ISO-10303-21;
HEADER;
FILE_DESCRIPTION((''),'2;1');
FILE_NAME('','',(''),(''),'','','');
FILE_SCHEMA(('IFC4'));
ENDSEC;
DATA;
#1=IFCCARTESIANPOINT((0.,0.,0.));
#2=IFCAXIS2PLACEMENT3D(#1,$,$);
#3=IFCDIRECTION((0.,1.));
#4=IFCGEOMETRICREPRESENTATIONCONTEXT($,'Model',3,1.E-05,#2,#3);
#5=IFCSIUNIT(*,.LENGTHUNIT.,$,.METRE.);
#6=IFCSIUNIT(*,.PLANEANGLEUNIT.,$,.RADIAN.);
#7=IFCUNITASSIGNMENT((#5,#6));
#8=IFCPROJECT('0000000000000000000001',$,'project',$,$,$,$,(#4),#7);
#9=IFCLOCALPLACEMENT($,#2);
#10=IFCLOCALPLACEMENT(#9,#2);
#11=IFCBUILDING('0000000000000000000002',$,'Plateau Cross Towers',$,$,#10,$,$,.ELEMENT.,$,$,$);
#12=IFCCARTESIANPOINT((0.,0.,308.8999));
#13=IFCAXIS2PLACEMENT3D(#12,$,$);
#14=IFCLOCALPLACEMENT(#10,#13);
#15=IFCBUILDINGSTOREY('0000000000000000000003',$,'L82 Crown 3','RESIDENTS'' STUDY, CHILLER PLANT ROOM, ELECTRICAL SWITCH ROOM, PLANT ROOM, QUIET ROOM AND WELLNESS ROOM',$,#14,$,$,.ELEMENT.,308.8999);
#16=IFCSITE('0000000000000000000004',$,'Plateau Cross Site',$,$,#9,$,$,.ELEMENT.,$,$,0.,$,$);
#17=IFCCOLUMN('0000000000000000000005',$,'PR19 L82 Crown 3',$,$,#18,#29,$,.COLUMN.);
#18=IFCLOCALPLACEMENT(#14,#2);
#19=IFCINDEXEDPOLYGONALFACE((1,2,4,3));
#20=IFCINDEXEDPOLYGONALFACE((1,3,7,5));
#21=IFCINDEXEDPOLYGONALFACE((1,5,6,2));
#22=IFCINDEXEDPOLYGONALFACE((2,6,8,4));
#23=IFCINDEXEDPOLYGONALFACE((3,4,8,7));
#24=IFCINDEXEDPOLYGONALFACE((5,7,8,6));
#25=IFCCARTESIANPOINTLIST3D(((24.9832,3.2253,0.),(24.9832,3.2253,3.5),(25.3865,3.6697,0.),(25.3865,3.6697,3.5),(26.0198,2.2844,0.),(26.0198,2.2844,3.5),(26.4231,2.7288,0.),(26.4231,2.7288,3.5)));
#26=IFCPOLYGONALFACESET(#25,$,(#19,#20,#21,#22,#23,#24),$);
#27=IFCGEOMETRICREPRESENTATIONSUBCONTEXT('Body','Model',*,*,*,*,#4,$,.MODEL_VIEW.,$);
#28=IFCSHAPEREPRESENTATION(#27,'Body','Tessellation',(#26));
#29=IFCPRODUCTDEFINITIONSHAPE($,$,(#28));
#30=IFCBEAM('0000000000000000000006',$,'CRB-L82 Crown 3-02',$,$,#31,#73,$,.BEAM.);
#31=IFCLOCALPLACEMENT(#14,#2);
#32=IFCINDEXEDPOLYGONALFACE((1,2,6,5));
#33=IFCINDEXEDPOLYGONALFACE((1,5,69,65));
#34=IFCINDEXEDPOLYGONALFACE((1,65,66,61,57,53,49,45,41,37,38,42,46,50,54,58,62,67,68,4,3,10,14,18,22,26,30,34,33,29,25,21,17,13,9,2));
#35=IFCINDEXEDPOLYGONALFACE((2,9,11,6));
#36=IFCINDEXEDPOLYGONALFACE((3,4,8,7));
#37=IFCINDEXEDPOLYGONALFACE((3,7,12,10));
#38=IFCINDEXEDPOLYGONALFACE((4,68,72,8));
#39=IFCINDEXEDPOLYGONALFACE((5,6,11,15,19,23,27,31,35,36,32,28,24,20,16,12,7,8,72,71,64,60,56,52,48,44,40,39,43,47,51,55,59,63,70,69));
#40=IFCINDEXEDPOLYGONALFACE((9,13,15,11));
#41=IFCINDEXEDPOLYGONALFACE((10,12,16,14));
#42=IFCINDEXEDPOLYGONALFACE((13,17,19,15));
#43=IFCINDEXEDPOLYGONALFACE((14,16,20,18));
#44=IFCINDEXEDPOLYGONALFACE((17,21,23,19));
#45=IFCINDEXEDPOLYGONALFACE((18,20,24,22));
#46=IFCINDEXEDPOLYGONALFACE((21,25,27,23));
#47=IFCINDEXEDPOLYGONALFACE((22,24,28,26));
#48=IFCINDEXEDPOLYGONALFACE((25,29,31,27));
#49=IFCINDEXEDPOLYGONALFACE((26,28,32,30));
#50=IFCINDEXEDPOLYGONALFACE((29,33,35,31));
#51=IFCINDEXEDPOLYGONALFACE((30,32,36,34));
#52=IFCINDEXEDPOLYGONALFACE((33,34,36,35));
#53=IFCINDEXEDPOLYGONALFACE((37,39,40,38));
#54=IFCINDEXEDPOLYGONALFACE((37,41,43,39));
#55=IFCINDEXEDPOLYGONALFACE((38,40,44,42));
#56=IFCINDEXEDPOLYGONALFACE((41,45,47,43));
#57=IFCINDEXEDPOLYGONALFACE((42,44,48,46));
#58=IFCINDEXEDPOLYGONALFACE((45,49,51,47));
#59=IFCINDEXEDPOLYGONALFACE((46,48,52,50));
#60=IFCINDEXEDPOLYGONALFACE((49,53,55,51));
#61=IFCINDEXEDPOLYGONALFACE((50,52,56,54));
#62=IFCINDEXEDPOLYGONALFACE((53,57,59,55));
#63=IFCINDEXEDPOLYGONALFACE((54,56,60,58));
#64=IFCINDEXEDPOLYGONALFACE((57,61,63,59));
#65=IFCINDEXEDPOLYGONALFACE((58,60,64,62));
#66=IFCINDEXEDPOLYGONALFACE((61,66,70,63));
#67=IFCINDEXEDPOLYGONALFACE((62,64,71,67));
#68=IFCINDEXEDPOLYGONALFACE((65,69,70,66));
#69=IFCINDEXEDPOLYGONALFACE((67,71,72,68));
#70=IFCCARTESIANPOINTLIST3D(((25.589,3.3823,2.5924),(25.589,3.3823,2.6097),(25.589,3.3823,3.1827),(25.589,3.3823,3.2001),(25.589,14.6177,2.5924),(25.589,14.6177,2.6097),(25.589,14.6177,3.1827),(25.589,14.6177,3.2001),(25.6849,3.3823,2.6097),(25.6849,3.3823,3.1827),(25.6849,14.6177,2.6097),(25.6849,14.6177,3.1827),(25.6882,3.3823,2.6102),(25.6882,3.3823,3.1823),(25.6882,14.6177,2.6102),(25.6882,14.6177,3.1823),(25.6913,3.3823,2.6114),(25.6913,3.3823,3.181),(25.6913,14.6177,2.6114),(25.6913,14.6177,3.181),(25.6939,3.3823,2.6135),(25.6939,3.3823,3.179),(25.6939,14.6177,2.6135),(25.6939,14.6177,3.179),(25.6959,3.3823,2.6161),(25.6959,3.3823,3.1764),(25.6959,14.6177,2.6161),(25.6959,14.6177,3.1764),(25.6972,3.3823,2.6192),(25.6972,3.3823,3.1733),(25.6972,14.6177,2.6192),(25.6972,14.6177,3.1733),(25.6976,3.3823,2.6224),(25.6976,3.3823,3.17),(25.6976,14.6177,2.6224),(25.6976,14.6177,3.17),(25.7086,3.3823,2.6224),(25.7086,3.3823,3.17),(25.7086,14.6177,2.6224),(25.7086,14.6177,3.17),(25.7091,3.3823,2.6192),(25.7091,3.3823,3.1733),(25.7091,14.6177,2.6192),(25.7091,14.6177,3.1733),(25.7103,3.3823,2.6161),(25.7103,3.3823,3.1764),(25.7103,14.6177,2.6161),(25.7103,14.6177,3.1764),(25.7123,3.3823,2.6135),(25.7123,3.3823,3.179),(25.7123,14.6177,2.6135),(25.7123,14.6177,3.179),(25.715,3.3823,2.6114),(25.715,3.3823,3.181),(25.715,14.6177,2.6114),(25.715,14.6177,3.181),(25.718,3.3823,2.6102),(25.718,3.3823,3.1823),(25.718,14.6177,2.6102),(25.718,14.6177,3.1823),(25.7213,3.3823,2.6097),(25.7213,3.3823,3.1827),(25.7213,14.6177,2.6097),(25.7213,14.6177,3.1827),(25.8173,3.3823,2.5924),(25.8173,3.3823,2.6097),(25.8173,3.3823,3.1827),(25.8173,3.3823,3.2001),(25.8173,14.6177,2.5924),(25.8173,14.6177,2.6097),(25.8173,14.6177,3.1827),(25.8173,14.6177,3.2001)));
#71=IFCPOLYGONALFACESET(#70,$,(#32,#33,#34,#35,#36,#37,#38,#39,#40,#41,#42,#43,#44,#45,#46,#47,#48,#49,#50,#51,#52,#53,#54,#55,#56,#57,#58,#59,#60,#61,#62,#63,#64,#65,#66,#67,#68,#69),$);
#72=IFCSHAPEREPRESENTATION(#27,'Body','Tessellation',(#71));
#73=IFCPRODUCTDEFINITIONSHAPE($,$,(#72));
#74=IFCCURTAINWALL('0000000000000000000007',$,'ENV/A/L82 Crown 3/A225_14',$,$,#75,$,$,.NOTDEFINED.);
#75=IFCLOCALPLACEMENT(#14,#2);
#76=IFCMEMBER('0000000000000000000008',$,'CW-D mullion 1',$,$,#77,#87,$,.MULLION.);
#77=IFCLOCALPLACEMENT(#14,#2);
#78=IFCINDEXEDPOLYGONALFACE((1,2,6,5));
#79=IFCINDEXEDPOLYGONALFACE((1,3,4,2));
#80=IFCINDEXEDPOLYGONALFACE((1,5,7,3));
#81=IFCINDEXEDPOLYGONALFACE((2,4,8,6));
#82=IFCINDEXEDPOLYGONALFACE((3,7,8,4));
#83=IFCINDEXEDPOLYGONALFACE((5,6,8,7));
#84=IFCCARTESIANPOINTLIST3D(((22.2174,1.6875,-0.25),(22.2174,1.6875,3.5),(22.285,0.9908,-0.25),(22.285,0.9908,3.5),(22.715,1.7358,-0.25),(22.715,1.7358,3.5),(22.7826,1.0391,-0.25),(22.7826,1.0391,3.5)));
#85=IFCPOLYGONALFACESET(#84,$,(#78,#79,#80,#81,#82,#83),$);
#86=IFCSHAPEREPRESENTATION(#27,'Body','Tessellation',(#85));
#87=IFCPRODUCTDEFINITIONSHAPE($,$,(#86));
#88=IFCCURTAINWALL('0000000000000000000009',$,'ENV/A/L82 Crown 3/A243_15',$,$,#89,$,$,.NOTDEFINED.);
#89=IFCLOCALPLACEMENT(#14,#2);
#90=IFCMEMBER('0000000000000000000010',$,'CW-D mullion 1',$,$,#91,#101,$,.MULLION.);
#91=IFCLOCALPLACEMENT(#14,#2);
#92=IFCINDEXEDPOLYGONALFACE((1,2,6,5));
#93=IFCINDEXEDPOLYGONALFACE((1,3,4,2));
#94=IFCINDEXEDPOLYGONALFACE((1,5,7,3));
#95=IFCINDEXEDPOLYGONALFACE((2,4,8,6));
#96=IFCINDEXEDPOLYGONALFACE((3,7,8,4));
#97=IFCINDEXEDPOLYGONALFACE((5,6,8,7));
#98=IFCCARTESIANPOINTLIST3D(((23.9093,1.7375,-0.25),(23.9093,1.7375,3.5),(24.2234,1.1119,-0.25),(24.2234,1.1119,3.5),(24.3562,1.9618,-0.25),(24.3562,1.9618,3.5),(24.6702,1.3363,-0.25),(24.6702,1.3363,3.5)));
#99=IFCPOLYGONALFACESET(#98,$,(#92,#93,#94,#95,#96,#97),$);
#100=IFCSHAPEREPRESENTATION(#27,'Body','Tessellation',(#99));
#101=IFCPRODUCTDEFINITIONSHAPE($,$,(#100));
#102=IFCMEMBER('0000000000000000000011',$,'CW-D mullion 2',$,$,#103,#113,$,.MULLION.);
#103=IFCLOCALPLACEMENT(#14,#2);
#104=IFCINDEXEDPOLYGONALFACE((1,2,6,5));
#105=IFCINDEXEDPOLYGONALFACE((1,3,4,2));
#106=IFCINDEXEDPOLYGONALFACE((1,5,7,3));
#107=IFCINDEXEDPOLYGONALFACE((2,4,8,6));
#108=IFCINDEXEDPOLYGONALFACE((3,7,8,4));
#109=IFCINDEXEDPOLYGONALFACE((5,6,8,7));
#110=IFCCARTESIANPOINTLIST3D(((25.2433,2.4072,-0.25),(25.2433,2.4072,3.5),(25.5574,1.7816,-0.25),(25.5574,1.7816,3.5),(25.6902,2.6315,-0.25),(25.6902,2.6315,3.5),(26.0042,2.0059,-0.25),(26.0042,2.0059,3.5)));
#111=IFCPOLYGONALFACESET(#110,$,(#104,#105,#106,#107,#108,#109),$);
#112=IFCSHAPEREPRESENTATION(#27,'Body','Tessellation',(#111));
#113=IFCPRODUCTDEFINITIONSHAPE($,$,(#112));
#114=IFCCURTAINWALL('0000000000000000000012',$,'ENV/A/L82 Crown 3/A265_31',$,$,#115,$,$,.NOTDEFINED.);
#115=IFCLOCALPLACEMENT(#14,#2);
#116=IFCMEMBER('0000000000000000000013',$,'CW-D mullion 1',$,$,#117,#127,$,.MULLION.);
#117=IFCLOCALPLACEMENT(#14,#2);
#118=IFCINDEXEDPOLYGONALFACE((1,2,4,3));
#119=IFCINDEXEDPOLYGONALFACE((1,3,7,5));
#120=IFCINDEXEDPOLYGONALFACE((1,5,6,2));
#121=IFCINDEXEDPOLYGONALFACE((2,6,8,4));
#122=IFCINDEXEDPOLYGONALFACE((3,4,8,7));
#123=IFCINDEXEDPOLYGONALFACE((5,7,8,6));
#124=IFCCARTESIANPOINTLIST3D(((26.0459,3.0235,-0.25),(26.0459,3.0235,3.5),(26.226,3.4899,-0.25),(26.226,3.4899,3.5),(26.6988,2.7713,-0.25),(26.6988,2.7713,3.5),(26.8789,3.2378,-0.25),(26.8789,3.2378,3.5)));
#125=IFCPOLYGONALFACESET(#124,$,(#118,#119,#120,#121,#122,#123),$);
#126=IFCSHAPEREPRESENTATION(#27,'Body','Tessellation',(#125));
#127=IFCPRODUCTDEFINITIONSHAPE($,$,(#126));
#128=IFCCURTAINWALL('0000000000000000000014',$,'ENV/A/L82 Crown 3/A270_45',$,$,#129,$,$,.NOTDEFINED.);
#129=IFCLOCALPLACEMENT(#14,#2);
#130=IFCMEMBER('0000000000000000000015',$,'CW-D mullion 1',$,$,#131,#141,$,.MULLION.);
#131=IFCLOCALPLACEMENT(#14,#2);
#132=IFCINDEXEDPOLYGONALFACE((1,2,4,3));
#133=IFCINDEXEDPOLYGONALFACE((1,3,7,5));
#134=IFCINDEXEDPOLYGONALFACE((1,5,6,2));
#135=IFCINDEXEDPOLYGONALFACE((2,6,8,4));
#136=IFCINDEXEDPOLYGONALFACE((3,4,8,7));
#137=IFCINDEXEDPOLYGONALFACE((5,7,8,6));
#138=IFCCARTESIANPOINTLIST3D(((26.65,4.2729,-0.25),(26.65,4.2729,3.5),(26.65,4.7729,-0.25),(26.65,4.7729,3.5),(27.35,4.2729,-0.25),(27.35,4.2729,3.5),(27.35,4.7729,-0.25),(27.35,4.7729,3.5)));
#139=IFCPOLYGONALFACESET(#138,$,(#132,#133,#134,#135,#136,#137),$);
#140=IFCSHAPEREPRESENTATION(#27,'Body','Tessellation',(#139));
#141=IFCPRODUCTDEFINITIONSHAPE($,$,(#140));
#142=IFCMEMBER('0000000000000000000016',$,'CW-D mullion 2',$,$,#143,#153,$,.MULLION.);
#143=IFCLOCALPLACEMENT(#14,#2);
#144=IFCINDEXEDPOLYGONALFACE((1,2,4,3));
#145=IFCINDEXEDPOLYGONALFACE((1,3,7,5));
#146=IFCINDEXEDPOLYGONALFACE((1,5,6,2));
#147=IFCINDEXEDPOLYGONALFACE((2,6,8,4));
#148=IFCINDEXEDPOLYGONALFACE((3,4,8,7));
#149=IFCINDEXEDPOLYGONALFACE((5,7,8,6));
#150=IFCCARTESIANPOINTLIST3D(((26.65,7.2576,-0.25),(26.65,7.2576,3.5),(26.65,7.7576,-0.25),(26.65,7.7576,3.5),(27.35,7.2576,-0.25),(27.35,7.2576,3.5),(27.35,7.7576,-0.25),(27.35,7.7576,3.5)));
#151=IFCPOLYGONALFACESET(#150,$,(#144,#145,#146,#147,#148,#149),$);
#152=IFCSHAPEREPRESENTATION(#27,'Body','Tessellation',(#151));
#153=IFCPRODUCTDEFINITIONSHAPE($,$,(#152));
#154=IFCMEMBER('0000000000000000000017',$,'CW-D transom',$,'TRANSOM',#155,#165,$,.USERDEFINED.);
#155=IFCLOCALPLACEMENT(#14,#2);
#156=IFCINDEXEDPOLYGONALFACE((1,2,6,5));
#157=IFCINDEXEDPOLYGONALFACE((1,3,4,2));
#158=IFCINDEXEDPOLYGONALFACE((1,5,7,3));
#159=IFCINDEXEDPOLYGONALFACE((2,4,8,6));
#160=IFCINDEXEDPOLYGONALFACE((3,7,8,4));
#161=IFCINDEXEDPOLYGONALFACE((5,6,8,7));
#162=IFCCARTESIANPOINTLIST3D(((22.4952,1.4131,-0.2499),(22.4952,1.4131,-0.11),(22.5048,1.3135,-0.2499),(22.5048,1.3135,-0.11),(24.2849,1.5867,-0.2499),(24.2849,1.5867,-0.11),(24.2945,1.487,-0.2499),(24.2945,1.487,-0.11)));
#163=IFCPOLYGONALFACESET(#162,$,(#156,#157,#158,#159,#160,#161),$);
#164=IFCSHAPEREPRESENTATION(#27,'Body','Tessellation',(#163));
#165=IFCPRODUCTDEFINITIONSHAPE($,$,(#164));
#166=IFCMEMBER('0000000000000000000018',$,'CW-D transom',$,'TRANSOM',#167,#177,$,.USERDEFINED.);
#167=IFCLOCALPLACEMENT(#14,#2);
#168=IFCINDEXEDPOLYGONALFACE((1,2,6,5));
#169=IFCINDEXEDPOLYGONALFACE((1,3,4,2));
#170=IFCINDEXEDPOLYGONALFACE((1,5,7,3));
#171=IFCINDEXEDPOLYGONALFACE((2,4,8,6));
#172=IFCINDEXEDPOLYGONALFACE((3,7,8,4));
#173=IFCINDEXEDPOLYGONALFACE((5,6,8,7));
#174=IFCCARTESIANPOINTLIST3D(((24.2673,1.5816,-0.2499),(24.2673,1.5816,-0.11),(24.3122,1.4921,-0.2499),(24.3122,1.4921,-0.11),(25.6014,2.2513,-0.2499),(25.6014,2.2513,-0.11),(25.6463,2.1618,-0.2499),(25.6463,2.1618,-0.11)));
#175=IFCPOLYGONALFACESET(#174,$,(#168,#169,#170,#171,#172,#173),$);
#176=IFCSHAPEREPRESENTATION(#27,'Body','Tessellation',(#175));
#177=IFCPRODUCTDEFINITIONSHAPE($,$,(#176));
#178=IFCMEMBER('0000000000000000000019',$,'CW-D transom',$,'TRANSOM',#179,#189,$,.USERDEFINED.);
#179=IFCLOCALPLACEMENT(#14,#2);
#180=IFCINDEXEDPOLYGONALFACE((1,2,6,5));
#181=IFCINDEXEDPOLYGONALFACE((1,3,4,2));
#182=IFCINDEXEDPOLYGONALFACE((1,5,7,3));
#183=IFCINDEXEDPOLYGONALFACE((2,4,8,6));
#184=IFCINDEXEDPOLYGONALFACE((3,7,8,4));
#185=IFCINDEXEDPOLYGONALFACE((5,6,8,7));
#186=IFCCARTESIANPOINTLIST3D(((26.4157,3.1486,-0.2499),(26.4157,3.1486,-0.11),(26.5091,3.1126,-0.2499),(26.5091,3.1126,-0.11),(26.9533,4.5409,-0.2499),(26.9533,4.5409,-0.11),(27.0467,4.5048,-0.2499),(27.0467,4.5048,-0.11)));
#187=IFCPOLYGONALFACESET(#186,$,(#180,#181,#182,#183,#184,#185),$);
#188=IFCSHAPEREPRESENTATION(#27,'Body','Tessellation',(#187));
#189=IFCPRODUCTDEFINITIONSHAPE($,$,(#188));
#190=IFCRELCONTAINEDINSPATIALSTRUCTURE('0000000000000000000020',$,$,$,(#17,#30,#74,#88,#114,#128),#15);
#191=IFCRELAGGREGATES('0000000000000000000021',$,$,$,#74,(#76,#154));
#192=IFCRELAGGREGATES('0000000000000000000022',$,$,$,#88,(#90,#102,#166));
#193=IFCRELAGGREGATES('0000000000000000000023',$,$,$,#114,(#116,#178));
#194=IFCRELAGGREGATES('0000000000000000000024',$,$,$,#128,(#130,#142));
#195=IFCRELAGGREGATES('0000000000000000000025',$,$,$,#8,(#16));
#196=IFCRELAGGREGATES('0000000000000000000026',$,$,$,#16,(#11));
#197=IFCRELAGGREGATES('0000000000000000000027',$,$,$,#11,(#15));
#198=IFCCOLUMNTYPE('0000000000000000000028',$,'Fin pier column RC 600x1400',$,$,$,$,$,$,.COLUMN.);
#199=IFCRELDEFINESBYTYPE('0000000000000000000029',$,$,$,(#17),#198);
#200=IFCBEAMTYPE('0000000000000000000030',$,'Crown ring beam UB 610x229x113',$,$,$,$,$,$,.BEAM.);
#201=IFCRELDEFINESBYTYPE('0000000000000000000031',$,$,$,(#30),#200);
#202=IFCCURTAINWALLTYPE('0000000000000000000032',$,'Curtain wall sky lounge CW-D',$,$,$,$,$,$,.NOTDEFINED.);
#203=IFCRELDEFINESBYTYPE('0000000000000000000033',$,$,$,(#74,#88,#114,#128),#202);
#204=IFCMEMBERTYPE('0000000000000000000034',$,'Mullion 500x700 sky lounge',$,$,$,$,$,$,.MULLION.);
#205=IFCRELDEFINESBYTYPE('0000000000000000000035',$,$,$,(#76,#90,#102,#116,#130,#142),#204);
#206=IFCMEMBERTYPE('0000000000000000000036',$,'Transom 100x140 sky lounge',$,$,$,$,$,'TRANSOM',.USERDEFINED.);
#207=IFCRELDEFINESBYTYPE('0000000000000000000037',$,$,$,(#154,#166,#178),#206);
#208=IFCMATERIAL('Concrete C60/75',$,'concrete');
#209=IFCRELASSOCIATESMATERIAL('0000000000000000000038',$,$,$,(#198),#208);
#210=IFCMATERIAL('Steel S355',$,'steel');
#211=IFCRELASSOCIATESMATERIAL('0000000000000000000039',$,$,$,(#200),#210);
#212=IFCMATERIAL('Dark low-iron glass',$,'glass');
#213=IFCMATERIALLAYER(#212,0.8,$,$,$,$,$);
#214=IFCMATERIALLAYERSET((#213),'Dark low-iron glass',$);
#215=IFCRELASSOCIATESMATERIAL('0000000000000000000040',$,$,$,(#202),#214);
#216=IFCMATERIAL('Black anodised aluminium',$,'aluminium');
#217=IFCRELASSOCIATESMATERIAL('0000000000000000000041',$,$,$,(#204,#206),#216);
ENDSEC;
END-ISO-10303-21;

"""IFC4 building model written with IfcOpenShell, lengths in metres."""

from ifc_helpers import new_model, si_unit, direction, frame, origin, origin_2d, place, context, subcontext, project, spatial, rectangle, i_section, extrude, material, layer, layer_set, material_profile, profile_set, type_object, element, aggregate, save


model = new_model("IFC4")

# Units and contexts
model_context = context("Model", 3, precision=1e-05, world=origin(), true_north=direction((0.0, 1.0)))
body_context = subcontext(model_context, "Body", "Model", "MODEL_VIEW")
ifc_project = project(units=[si_unit("LENGTHUNIT", "METRE"), si_unit("PLANEANGLEUNIT", "RADIAN")], contexts=[model_context])

# Site, building, storey
site_placement = place(None, origin())
site = spatial("IfcSite", under=ifc_project, at=site_placement, Name="Plateau Cross Site", CompositionType="ELEMENT", RefElevation=0.0)
building_placement = place(site_placement, origin())
building = spatial("IfcBuilding", under=site, at=building_placement, Name="Plateau Cross Towers", CompositionType="ELEMENT")
storey_placement = place(building_placement, frame((0.0, 0.0, 308.8999)))
storey = spatial("IfcBuildingStorey", under=building, at=storey_placement, Name="L82 Crown 3", Description="RESIDENTS' STUDY, CHILLER PLANT ROOM, ELECTRICAL SWITCH ROOM, PLANT ROOM, QUIET ROOM AND WELLNESS ROOM", CompositionType="ELEMENT", Elevation=308.8999)

# Column
ifc_material_1 = material(Name="Concrete C60/75", Category="concrete")
ifc_material_profile_1 = material_profile(ifc_material_1, rectangle(XDim=0.6001, YDim=1.3999, at=origin_2d()), Name="RC 600x1400")
ifc_profile_set_1 = profile_set([ifc_material_profile_1], Name="Concrete C60/75")
column_type = type_object("IfcColumnType", Name="Fin pier column RC 600x1400", PredefinedType="COLUMN", material=ifc_profile_set_1)
column_placement = place(storey_placement, frame((25.7031, 2.9771, 0.0), z_axis=(0.0, 0.0, 1.0), x_axis=(0.672084, 0.740475, 0.0)))
element("IfcColumn", 1, at=column_placement, inside=storey, type_object=column_type, Name="PR19 L82 Crown 3", PredefinedType="COLUMN", context=body_context, shape_type="SweptSolid", body=[
    extrude(rectangle(XDim=0.6001, YDim=1.3999, at=origin_2d()), origin(), (0.0, 0.0, 1.0), 3.5),
])

# Beam
ifc_material_2 = material(Name="Steel S355", Category="steel")
ifc_material_profile_2 = material_profile(ifc_material_2, i_section(OverallWidth=0.2283, OverallDepth=0.6077, WebThickness=0.011, FlangeThickness=0.0173, FilletRadius=0.0127, at=origin_2d()), Name="UB 610x229x113")
ifc_profile_set_2 = profile_set([ifc_material_profile_2], Name="Steel S355")
beam_type = type_object("IfcBeamType", Name="Crown ring beam UB 610x229x113", PredefinedType="BEAM", material=ifc_profile_set_2)
beam_placement = place(storey_placement, frame((25.7031, 3.3823, 2.8962), z_axis=(0.0, 1.0, 0.0), x_axis=(-1.0, 0.0, 0.0)))
element("IfcBeam", 2, at=beam_placement, inside=storey, type_object=beam_type, Name="CRB-L82 Crown 3-02", PredefinedType="BEAM", context=body_context, shape_type="SweptSolid", body=[
    extrude(i_section(OverallWidth=0.2283, OverallDepth=0.6077, WebThickness=0.011, FlangeThickness=0.0173, FilletRadius=0.0127, at=origin_2d()), origin(), (0.0, 0.0, 1.0), 11.2354),
])

# Curtain wall, member
ifc_material_3 = material(Name="Dark low-iron glass", Category="glass")
ifc_layer_1 = layer(ifc_material_3, 0.8)
ifc_layer_set_1 = layer_set([ifc_layer_1], Name="Dark low-iron glass")
curtain_wall_type = type_object("IfcCurtainWallType", Name="Curtain wall sky lounge CW-D", PredefinedType="NOTDEFINED", material=ifc_layer_set_1)
curtain_wall_1_placement = place(storey_placement, origin())
curtain_wall_1 = element("IfcCurtainWall", 3, at=curtain_wall_1_placement, inside=storey, type_object=curtain_wall_type, Name="ENV/A/L82 Crown 3/A225_14", PredefinedType="NOTDEFINED")
ifc_material_4 = material(Name="Black anodised aluminium", Category="aluminium")
ifc_material_profile_3 = material_profile(ifc_material_4, rectangle(XDim=0.5, YDim=0.7, at=origin_2d()), Name="MULLION 500x700")
ifc_profile_set_3 = profile_set([ifc_material_profile_3], Name="Black anodised aluminium")
member_type_1 = type_object("IfcMemberType", Name="Mullion 500x700 sky lounge", PredefinedType="MULLION", material=ifc_profile_set_3)
member_1_placement = place(storey_placement, frame((22.5, 1.3633, -0.25), z_axis=(0.0, 0.0, 1.0), x_axis=(0.995323, 0.096606, 0.0)))
member_1 = element("IfcMember", 4, at=member_1_placement, type_object=member_type_1, Name="CW-D mullion 1", PredefinedType="MULLION", context=body_context, shape_type="SweptSolid", body=[
    extrude(rectangle(XDim=0.5, YDim=0.7, at=origin_2d()), origin(), (0.0, 0.0, 1.0), 3.75),
])

# Curtain wall, members
curtain_wall_2_placement = place(storey_placement, origin())
curtain_wall_2 = element("IfcCurtainWall", 5, at=curtain_wall_2_placement, inside=storey, type_object=curtain_wall_type, Name="ENV/A/L82 Crown 3/A243_15", PredefinedType="NOTDEFINED")
member_2_placement = place(storey_placement, frame((24.2898, 1.5369, -0.25), z_axis=(0.0, 0.0, 1.0), x_axis=(0.893702, 0.448661, 0.0)))
member_2 = element("IfcMember", 6, at=member_2_placement, type_object=member_type_1, Name="CW-D mullion 1", PredefinedType="MULLION", context=body_context, shape_type="SweptSolid", body=[
    extrude(rectangle(XDim=0.5, YDim=0.7, at=origin_2d()), origin(), (0.0, 0.0, 1.0), 3.75),
])
member_3_placement = place(storey_placement, frame((25.6238, 2.2065, -0.25), z_axis=(0.0, 0.0, 1.0), x_axis=(0.893702, 0.448661, 0.0)))
member_3 = element("IfcMember", 7, at=member_3_placement, type_object=member_type_1, Name="CW-D mullion 2", PredefinedType="MULLION", context=body_context, shape_type="SweptSolid", body=[
    extrude(rectangle(XDim=0.5, YDim=0.7, at=origin_2d()), origin(), (0.0, 0.0, 1.0), 3.75),
])

# Curtain wall, member
curtain_wall_3_placement = place(storey_placement, origin())
curtain_wall_3 = element("IfcCurtainWall", 8, at=curtain_wall_3_placement, inside=storey, type_object=curtain_wall_type, Name="ENV/A/L82 Crown 3/A265_31", PredefinedType="NOTDEFINED")
member_4_placement = place(storey_placement, frame((26.4624, 3.1306, -0.25), z_axis=(0.0, 0.0, 1.0), x_axis=(0.360226, 0.932865, 0.0)))
member_4 = element("IfcMember", 9, at=member_4_placement, type_object=member_type_1, Name="CW-D mullion 1", PredefinedType="MULLION", context=body_context, shape_type="SweptSolid", body=[
    extrude(rectangle(XDim=0.5, YDim=0.7, at=origin_2d()), origin(), (0.0, 0.0, 1.0), 3.75),
])

# Curtain wall, members
curtain_wall_4_placement = place(storey_placement, origin())
curtain_wall_4 = element("IfcCurtainWall", 10, at=curtain_wall_4_placement, inside=storey, type_object=curtain_wall_type, Name="ENV/A/L82 Crown 3/A270_45", PredefinedType="NOTDEFINED")
member_5_placement = place(storey_placement, frame((27.0, 4.5229, -0.25), z_axis=(0.0, 0.0, 1.0), x_axis=(0.0, 1.0, 0.0)))
member_5 = element("IfcMember", 11, at=member_5_placement, type_object=member_type_1, Name="CW-D mullion 1", PredefinedType="MULLION", context=body_context, shape_type="SweptSolid", body=[
    extrude(rectangle(XDim=0.5, YDim=0.7, at=origin_2d()), origin(), (0.0, 0.0, 1.0), 3.75),
])
member_6_placement = place(storey_placement, frame((27.0, 7.5076, -0.25), z_axis=(0.0, 0.0, 1.0), x_axis=(0.0, 1.0, 0.0)))
member_6 = element("IfcMember", 12, at=member_6_placement, type_object=member_type_1, Name="CW-D mullion 2", PredefinedType="MULLION", context=body_context, shape_type="SweptSolid", body=[
    extrude(rectangle(XDim=0.5, YDim=0.7, at=origin_2d()), origin(), (0.0, 0.0, 1.0), 3.75),
])

# Members
ifc_material_profile_4 = material_profile(ifc_material_4, rectangle(XDim=0.1001, YDim=0.1399, at=origin_2d()), Name="TRANSOM 100x140")
ifc_profile_set_4 = profile_set([ifc_material_profile_4], Name="Black anodised aluminium")
member_type_2 = type_object("IfcMemberType", Name="Transom 100x140 sky lounge", ElementType="TRANSOM", PredefinedType="USERDEFINED", material=ifc_profile_set_4)
member_7_placement = place(storey_placement, frame((22.5, 1.3633, -0.1799), z_axis=(0.99533, 0.096532, 0.0), x_axis=(-0.096532, 0.99533, 0.0)))
member_7 = element("IfcMember", 13, at=member_7_placement, type_object=member_type_2, Name="CW-D transom", ObjectType="TRANSOM", PredefinedType="USERDEFINED", context=body_context, shape_type="SweptSolid", body=[
    extrude(rectangle(XDim=0.1001, YDim=0.1399, at=origin_2d()), origin(), (0.0, 0.0, 1.0), 1.7981),
])
member_8_placement = place(storey_placement, frame((24.2898, 1.5369, -0.1799), z_axis=(0.893706, 0.448652, 0.0), x_axis=(-0.448652, 0.893706, 0.0)))
member_8 = element("IfcMember", 14, at=member_8_placement, type_object=member_type_2, Name="CW-D transom", ObjectType="TRANSOM", PredefinedType="USERDEFINED", context=body_context, shape_type="SweptSolid", body=[
    extrude(rectangle(XDim=0.1001, YDim=0.1399, at=origin_2d()), origin(), (0.0, 0.0, 1.0), 1.4927),
])
member_9_placement = place(storey_placement, frame((26.4624, 3.1306, -0.1799), z_axis=(0.360195, 0.932877, 0.0), x_axis=(-0.932877, 0.360195, 0.0)))
member_9 = element("IfcMember", 15, at=member_9_placement, type_object=member_type_2, Name="CW-D transom", ObjectType="TRANSOM", PredefinedType="USERDEFINED", context=body_context, shape_type="SweptSolid", body=[
    extrude(rectangle(XDim=0.1001, YDim=0.1399, at=origin_2d()), origin(), (0.0, 0.0, 1.0), 1.4924),
])

aggregate(curtain_wall_1, [member_1, member_7])
aggregate(curtain_wall_2, [member_2, member_3, member_8])
aggregate(curtain_wall_3, [member_4, member_9])
aggregate(curtain_wall_4, [member_5, member_6])

save(model, "model.ifc")
